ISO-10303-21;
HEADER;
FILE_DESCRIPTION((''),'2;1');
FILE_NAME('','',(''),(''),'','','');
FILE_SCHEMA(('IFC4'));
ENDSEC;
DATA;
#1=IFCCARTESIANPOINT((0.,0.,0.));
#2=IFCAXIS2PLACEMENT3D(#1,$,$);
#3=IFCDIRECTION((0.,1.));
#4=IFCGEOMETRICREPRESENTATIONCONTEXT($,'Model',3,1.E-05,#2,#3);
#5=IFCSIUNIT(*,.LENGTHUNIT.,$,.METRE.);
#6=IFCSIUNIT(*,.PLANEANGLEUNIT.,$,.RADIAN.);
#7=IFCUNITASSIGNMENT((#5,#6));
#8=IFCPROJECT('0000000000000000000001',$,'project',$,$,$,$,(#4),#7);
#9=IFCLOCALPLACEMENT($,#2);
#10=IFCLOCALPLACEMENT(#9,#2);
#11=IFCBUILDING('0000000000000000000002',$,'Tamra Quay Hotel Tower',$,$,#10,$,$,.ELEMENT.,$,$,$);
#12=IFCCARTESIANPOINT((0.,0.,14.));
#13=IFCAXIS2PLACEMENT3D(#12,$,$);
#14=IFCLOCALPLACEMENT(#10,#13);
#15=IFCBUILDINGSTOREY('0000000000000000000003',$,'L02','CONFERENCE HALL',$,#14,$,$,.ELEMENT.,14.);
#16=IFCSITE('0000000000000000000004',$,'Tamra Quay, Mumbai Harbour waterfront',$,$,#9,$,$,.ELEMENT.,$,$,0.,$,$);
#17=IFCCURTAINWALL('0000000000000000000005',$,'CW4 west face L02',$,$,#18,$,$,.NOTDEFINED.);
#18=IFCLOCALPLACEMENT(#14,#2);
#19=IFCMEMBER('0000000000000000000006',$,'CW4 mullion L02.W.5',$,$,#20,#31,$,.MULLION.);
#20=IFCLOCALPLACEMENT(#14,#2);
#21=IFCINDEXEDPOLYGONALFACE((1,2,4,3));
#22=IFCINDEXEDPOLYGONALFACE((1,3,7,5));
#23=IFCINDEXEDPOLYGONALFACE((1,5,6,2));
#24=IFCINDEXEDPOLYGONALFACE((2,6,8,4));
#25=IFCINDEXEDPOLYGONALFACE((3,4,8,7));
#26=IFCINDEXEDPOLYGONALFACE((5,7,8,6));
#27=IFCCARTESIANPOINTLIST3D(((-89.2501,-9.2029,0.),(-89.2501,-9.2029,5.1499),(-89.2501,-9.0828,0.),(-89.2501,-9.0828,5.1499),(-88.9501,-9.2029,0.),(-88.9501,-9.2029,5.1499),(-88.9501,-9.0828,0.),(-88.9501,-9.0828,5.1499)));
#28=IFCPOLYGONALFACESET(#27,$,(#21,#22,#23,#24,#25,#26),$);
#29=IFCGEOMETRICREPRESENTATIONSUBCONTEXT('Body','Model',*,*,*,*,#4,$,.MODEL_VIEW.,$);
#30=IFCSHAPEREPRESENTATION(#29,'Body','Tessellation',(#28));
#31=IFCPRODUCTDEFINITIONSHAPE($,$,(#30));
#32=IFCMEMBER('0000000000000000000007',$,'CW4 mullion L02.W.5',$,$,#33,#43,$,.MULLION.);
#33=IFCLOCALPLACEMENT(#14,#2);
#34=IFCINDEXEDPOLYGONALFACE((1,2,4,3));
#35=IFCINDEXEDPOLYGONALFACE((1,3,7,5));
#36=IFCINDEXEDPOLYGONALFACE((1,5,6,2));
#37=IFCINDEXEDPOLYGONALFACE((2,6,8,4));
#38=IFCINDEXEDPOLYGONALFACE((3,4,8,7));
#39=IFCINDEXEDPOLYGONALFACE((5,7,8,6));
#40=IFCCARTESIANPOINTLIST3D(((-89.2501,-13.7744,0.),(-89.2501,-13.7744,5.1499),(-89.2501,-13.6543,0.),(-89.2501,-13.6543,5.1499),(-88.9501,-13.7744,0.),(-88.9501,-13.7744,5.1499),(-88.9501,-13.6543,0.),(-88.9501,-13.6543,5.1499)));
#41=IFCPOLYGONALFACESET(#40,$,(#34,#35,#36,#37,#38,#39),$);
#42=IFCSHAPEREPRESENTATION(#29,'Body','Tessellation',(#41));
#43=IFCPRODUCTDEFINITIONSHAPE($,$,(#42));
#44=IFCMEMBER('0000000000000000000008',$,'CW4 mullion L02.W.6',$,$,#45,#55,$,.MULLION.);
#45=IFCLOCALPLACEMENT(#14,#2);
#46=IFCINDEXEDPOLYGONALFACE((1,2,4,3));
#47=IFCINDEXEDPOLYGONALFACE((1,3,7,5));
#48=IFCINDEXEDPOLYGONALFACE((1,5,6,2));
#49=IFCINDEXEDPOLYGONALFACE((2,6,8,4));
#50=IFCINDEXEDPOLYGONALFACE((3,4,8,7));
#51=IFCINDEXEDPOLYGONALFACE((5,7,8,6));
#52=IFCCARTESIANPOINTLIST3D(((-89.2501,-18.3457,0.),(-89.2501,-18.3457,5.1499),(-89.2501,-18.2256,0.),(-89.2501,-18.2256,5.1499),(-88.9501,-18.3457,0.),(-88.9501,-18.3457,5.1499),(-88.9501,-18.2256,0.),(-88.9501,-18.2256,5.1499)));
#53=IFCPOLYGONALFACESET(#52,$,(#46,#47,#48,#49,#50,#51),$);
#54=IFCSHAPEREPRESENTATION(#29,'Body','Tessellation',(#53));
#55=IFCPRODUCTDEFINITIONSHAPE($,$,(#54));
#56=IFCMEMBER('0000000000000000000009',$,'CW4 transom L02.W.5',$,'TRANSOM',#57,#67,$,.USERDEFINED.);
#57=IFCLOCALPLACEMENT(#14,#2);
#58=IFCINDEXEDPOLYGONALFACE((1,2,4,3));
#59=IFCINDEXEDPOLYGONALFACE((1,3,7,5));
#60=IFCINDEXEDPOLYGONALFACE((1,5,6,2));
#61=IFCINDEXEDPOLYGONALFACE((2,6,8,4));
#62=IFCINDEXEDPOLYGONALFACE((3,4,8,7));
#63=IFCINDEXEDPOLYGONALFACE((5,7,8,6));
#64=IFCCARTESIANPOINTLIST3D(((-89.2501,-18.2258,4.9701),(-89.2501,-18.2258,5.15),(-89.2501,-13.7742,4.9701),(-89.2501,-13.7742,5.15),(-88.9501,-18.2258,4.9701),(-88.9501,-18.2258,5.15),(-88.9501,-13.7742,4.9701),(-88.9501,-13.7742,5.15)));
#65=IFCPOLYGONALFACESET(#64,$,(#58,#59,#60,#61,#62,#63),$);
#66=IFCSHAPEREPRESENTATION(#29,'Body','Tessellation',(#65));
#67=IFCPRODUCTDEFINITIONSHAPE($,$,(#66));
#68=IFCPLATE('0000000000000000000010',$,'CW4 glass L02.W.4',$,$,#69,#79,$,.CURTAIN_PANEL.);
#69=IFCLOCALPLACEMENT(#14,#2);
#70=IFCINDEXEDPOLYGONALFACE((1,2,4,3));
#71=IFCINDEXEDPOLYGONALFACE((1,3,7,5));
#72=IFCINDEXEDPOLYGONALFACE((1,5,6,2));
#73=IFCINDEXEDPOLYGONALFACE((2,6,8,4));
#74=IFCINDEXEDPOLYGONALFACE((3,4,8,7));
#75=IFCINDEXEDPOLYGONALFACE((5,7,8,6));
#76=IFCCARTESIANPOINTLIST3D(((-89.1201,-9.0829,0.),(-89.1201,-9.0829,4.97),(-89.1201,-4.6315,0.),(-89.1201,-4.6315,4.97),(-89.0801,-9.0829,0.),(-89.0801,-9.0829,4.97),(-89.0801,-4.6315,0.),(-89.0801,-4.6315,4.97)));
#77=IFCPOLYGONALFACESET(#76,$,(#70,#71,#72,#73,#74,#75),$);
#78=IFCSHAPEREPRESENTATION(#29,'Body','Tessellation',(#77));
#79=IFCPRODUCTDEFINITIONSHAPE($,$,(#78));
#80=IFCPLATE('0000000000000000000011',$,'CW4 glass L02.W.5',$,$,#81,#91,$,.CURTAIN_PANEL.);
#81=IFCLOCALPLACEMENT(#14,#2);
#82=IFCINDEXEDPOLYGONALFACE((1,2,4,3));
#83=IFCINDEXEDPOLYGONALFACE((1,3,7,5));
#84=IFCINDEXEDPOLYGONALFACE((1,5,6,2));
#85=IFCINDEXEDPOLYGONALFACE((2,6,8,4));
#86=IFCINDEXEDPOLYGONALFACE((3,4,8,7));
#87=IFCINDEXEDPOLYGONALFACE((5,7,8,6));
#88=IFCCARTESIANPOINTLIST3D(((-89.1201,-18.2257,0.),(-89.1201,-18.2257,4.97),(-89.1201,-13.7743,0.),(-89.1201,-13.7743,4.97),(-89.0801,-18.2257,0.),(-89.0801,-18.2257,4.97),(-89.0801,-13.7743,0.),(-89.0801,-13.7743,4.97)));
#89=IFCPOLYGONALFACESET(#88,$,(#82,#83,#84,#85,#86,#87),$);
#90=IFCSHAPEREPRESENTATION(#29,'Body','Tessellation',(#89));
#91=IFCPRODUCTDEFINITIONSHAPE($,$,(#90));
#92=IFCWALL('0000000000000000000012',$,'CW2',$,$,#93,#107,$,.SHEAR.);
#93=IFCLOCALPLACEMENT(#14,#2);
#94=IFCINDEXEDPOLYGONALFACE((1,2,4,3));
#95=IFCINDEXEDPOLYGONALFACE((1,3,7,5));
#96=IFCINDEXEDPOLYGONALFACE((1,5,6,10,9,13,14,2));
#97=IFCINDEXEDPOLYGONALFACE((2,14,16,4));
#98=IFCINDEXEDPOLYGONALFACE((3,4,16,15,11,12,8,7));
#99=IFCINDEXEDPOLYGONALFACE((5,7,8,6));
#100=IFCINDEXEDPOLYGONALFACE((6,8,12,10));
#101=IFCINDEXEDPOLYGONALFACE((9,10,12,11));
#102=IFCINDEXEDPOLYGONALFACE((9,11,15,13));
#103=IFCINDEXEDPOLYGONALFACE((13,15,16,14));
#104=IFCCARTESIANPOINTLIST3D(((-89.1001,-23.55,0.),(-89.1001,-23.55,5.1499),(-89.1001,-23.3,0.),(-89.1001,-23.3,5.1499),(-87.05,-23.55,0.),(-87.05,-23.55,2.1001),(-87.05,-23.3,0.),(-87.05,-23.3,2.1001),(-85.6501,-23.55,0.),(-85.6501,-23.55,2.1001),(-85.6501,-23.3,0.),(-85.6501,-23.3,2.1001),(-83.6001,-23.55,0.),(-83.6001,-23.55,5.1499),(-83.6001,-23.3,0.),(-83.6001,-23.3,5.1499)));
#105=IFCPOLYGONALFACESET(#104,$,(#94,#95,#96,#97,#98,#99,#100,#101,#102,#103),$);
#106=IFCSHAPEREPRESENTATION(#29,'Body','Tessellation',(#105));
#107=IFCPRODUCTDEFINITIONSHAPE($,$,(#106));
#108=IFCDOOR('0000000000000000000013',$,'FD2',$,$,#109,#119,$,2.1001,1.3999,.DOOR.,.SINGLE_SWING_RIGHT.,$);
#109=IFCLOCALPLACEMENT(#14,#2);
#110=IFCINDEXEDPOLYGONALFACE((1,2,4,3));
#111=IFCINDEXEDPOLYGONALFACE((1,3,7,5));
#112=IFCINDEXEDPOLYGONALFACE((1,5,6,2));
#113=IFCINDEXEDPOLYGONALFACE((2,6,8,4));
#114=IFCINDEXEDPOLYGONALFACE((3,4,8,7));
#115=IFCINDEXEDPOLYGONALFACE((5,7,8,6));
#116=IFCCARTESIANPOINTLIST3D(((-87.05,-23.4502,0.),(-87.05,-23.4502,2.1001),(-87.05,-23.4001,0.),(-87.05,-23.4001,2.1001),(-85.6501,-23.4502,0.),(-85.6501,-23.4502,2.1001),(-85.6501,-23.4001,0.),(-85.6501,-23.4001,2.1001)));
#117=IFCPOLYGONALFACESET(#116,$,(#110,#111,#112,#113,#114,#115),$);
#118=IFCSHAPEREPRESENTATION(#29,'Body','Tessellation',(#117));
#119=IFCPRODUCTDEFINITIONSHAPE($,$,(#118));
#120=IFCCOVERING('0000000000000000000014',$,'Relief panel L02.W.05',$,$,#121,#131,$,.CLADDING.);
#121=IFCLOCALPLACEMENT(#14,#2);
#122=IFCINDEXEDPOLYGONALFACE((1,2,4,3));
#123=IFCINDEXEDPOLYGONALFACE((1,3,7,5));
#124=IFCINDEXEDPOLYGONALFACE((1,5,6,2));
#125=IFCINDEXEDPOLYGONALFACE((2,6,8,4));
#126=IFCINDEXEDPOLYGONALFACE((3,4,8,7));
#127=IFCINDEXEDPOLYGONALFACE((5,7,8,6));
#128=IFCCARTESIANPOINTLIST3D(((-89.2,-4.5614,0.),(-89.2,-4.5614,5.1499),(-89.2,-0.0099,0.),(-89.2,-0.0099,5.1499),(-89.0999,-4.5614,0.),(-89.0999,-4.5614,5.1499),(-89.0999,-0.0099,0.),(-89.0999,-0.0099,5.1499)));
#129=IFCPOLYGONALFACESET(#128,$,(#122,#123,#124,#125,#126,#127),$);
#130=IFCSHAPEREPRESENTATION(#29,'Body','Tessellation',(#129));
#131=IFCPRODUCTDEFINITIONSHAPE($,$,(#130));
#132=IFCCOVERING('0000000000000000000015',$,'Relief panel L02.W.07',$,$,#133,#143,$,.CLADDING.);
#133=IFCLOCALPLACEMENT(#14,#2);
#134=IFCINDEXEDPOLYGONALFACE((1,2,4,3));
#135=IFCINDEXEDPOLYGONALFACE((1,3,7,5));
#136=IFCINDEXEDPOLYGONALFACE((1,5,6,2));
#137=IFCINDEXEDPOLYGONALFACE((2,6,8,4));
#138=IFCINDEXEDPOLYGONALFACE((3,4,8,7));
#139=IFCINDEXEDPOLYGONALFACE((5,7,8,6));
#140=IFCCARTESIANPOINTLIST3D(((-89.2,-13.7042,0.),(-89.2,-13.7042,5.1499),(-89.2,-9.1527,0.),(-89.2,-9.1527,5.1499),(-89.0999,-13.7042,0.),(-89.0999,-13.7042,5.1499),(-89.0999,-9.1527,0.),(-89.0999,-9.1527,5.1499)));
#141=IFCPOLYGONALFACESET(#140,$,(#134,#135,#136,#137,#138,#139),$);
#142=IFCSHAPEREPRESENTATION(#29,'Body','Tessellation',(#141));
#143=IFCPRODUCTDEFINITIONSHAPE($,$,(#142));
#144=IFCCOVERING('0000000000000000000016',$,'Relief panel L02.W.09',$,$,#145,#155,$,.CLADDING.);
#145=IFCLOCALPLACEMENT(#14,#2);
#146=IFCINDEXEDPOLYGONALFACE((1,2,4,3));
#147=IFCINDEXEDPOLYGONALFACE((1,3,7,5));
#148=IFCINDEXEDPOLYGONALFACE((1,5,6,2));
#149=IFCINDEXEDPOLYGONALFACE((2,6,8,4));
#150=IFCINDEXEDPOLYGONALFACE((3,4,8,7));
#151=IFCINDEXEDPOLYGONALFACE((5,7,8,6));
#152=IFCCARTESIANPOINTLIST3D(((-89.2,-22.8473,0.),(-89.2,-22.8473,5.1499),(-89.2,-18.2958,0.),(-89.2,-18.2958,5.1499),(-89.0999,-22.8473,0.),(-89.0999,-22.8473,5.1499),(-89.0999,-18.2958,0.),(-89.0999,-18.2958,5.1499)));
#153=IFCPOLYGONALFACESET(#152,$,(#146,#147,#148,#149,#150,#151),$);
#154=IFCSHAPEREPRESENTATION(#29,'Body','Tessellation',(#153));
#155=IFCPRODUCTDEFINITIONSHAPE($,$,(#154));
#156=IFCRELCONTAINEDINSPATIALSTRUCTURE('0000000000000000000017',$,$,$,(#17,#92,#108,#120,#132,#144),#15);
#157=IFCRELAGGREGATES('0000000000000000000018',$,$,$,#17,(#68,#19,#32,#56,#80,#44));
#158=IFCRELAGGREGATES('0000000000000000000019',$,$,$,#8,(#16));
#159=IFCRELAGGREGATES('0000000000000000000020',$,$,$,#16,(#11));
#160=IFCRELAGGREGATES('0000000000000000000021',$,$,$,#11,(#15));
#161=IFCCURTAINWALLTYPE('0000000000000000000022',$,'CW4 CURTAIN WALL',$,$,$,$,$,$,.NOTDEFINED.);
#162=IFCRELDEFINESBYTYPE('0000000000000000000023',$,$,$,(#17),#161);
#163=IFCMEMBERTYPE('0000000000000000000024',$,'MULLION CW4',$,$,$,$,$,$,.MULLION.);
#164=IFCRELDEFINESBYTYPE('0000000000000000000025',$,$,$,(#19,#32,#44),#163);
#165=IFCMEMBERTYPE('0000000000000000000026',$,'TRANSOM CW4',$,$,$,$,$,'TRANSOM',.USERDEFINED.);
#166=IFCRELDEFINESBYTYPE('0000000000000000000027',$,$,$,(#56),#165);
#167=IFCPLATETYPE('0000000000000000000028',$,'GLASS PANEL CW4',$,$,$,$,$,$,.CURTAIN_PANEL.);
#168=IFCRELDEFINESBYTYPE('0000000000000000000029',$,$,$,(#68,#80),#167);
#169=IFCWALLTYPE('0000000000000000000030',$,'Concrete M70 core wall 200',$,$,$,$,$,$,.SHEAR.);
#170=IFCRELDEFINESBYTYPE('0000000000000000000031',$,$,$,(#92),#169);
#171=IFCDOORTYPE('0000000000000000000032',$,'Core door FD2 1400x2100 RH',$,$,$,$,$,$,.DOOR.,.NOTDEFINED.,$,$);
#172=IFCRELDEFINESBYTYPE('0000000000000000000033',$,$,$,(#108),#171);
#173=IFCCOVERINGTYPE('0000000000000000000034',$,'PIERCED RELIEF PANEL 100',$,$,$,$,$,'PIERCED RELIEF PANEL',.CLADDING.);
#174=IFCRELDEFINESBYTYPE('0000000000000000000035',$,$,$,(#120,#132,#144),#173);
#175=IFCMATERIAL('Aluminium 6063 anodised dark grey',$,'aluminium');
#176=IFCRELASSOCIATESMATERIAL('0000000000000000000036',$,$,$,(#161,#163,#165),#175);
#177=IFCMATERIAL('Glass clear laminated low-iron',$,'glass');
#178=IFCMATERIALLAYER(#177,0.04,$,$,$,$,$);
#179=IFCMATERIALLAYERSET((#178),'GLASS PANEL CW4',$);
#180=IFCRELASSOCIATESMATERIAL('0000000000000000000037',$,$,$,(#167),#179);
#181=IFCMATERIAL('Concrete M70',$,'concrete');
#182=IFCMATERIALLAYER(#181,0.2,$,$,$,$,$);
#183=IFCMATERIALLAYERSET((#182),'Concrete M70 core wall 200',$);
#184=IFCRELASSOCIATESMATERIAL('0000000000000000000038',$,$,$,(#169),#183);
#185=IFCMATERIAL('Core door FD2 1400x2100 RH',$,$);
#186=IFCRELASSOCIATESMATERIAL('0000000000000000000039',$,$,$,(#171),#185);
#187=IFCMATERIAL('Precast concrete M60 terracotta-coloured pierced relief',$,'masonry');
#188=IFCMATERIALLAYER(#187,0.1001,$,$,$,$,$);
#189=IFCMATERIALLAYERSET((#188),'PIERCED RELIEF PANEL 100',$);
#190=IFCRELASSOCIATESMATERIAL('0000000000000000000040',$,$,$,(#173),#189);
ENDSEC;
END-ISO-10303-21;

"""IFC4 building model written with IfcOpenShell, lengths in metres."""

from ifc_helpers import new_model, si_unit, direction, frame, frame_2d, origin, origin_2d, place, context, subcontext, project, spatial, rectangle, extrude, material, layer, layer_set, material_profile, profile_set, type_object, element, fill, aggregate, save


model = new_model("IFC4")

# Units and contexts
model_context = context("Model", 3, precision=1e-05, world=origin(), true_north=direction((0.0, 1.0)))
body_context = subcontext(model_context, "Body", "Model", "MODEL_VIEW")
ifc_project = project(units=[si_unit("LENGTHUNIT", "METRE"), si_unit("PLANEANGLEUNIT", "RADIAN")], contexts=[model_context])

# Site, building, storey
site_placement = place(None, origin())
site = spatial("IfcSite", under=ifc_project, at=site_placement, Name="Tamra Quay, Mumbai Harbour waterfront", CompositionType="ELEMENT", RefElevation=0.0)
building_placement = place(site_placement, origin())
building = spatial("IfcBuilding", under=site, at=building_placement, Name="Tamra Quay Hotel Tower", CompositionType="ELEMENT")
storey_placement = place(building_placement, frame((0.0, 0.0, 14.0)))
storey = spatial("IfcBuildingStorey", under=building, at=storey_placement, Name="L02", Description="CONFERENCE HALL", CompositionType="ELEMENT", Elevation=14.0)

# Curtain wall, members, plates
ifc_material_1 = material(Name="Aluminium 6063 anodised dark grey", Category="aluminium")
curtain_wall_type = type_object("IfcCurtainWallType", Name="CW4 CURTAIN WALL", PredefinedType="NOTDEFINED", material=ifc_material_1)
curtain_wall_placement = place(storey_placement, origin())
curtain_wall = element("IfcCurtainWall", 1, at=curtain_wall_placement, inside=storey, type_object=curtain_wall_type, Name="CW4 west face L02", PredefinedType="NOTDEFINED")
ifc_material_profile_1 = material_profile(ifc_material_1, rectangle(XDim=0.3, YDim=0.1201, at=origin_2d()), Name="MULLION 120X300")
ifc_profile_set_1 = profile_set([ifc_material_profile_1], Name="Aluminium 6063 anodised dark grey")
member_type_1 = type_object("IfcMemberType", Name="MULLION CW4", PredefinedType="MULLION", material=ifc_profile_set_1)
member_1_placement = place(storey_placement, frame((-89.1001, -9.1428, 0.0), z_axis=(0.0, 0.0, 1.0), x_axis=(-1.0, 0.0, 0.0)))
member_1 = element("IfcMember", 2, at=member_1_placement, type_object=member_type_1, Name="CW4 mullion L02.W.5", PredefinedType="MULLION", context=body_context, shape_type="SweptSolid", body=[
    extrude(rectangle(XDim=0.3, YDim=0.1201, at=origin_2d()), origin(), (0.0, 0.0, 1.0), 5.1499),
])
member_2_placement = place(storey_placement, frame((-89.1001, -13.7144, 0.0), z_axis=(0.0, 0.0, 1.0), x_axis=(-1.0, 0.0, 0.0)))
member_2 = element("IfcMember", 3, at=member_2_placement, type_object=member_type_1, Name="CW4 mullion L02.W.5", PredefinedType="MULLION", context=body_context, shape_type="SweptSolid", body=[
    extrude(rectangle(XDim=0.3, YDim=0.1201, at=origin_2d()), origin(), (0.0, 0.0, 1.0), 5.1499),
])
member_3_placement = place(storey_placement, frame((-89.1001, -18.2856, 0.0), z_axis=(0.0, 0.0, 1.0), x_axis=(-1.0, 0.0, 0.0)))
member_3 = element("IfcMember", 4, at=member_3_placement, type_object=member_type_1, Name="CW4 mullion L02.W.6", PredefinedType="MULLION", context=body_context, shape_type="SweptSolid", body=[
    extrude(rectangle(XDim=0.3, YDim=0.1201, at=origin_2d()), origin(), (0.0, 0.0, 1.0), 5.1499),
])
ifc_material_profile_2 = material_profile(ifc_material_1, rectangle(XDim=0.3, YDim=0.1799, at=origin_2d()), Name="TRANSOM 300X180")
ifc_profile_set_2 = profile_set([ifc_material_profile_2], Name="Aluminium 6063 anodised dark grey")
member_type_2 = type_object("IfcMemberType", Name="TRANSOM CW4", ElementType="TRANSOM", PredefinedType="USERDEFINED", material=ifc_profile_set_2)
member_4_placement = place(storey_placement, frame((-89.1001, -13.7742, 5.0601), z_axis=(0.0, -1.0, 0.0), x_axis=(1.0, 0.0, 0.0)))
member_4 = element("IfcMember", 5, at=member_4_placement, type_object=member_type_2, Name="CW4 transom L02.W.5", ObjectType="TRANSOM", PredefinedType="USERDEFINED", context=body_context, shape_type="SweptSolid", body=[
    extrude(rectangle(XDim=0.3, YDim=0.1799, at=origin_2d()), origin(), (0.0, 0.0, 1.0), 4.4517),
])
ifc_material_2 = material(Name="Glass clear laminated low-iron", Category="glass")
ifc_layer_1 = layer(ifc_material_2, 0.04)
ifc_layer_set_1 = layer_set([ifc_layer_1], Name="GLASS PANEL CW4")
plate_type = type_object("IfcPlateType", Name="GLASS PANEL CW4", PredefinedType="CURTAIN_PANEL", material=ifc_layer_set_1)
plate_1_placement = place(storey_placement, frame((-89.1001, -6.8572, 0.0), z_axis=(0.0, 0.0, 1.0), x_axis=(0.0, -1.0, 0.0)))
plate_1 = element("IfcPlate", 6, at=plate_1_placement, type_object=plate_type, Name="CW4 glass L02.W.4", PredefinedType="CURTAIN_PANEL", context=body_context, shape_type="SweptSolid", body=[
    extrude(rectangle(XDim=4.4514, YDim=0.04, at=origin_2d()), origin(), (0.0, 0.0, 1.0), 4.97),
])
plate_2_placement = place(storey_placement, frame((-89.1001, -16.0, 0.0), z_axis=(0.0, 0.0, 1.0), x_axis=(0.0, -1.0, 0.0)))
plate_2 = element("IfcPlate", 7, at=plate_2_placement, type_object=plate_type, Name="CW4 glass L02.W.5", PredefinedType="CURTAIN_PANEL", context=body_context, shape_type="SweptSolid", body=[
    extrude(rectangle(XDim=4.4514, YDim=0.04, at=origin_2d()), origin(), (0.0, 0.0, 1.0), 4.97),
])
aggregate(curtain_wall, [plate_1, member_1, member_2, member_4, plate_2, member_3])

# Wall, opening, door
ifc_material_3 = material(Name="Concrete M70", Category="concrete")
ifc_layer_2 = layer(ifc_material_3, 0.2)
ifc_layer_set_2 = layer_set([ifc_layer_2], Name="Concrete M70 core wall 200")
wall_type = type_object("IfcWallType", Name="Concrete M70 core wall 200", PredefinedType="SHEAR", material=ifc_layer_set_2)
wall_placement = place(storey_placement, frame((-89.1001, -23.425, 0.0), z_axis=(0.0, 0.0, 1.0), x_axis=(1.0, 0.0, 0.0)))
wall = element("IfcWall", 8, at=wall_placement, inside=storey, type_object=wall_type, Name="CW2", PredefinedType="SHEAR", context=body_context, shape_type="SweptSolid", body=[
    extrude(rectangle(XDim=5.5, YDim=0.25, at=frame_2d((2.75, 0.0))), origin(), (0.0, 0.0, 1.0), 5.1499),
])
opening_placement = place(wall_placement, frame((2.05, 0.0, 0.0)))
opening = element("IfcOpeningElement", 9, at=opening_placement, cuts=wall, PredefinedType="OPENING", context=body_context, shape_type="SweptSolid", body=[
    extrude(rectangle(XDim=1.3999, YDim=2.1001, at=frame_2d((0.7, 1.05))), frame((0.0, 0.135, 0.0), z_axis=(0.0, -1.0, 0.0), x_axis=(1.0, 0.0, 0.0)), (0.0, 0.0, 1.0), 0.27),
])
ifc_material_4 = material(Name="Core door FD2 1400x2100 RH")
door_type = type_object("IfcDoorType", Name="Core door FD2 1400x2100 RH", OperationType="NOTDEFINED", PredefinedType="DOOR", material=ifc_material_4)
door_placement = place(opening_placement, origin())
door = element("IfcDoor", 10, at=door_placement, inside=storey, type_object=door_type, Name="FD2", OperationType="SINGLE_SWING_RIGHT", OverallHeight=2.1001, OverallWidth=1.3999, PredefinedType="DOOR", context=body_context, shape_type="SweptSolid", body=[
    extrude(rectangle(XDim=1.3999, YDim=2.1001, at=frame_2d((0.7, 1.05))), frame((0.0, 0.0249, 0.0), z_axis=(0.0, -1.0, 0.0), x_axis=(1.0, 0.0, 0.0)), (0.0, 0.0, 1.0), 0.05),
])
fill(opening, door)

# Coverings
ifc_material_5 = material(Name="Precast concrete M60 terracotta-coloured pierced relief", Category="masonry")
ifc_layer_3 = layer(ifc_material_5, 0.1001)
ifc_layer_set_3 = layer_set([ifc_layer_3], Name="PIERCED RELIEF PANEL 100")
covering_type_1 = type_object("IfcCoveringType", Name="PIERCED RELIEF PANEL 100", ElementType="PIERCED RELIEF PANEL", PredefinedType="CLADDING", material=ifc_layer_set_3)
for number, where, z_axis, x_axis, name in (
    (11, (-89.1499, -2.2856, 0.0), (0.0, 0.0, 1.0), (0.0, -1.0, 0.0), "Relief panel L02.W.05"),
    (12, (-89.1499, -11.4285, 0.0), (0.0, 0.0, 1.0), (0.0, -1.0, 0.0), "Relief panel L02.W.07"),
    (13, (-89.1499, -20.5715, 0.0), (0.0, 0.0, 1.0), (0.0, -1.0, 0.0), "Relief panel L02.W.09"),
):
    element("IfcCovering", number, at=place(storey_placement, frame(where, z_axis=z_axis, x_axis=x_axis)), inside=storey, type_object=covering_type_1, Name=name, PredefinedType="CLADDING", context=body_context, shape_type="SweptSolid", body=[
        extrude(rectangle(XDim=4.5515, YDim=0.1001, at=origin_2d()), origin(), (0.0, 0.0, 1.0), 5.1499),
    ])

save(model, "model.ifc")
